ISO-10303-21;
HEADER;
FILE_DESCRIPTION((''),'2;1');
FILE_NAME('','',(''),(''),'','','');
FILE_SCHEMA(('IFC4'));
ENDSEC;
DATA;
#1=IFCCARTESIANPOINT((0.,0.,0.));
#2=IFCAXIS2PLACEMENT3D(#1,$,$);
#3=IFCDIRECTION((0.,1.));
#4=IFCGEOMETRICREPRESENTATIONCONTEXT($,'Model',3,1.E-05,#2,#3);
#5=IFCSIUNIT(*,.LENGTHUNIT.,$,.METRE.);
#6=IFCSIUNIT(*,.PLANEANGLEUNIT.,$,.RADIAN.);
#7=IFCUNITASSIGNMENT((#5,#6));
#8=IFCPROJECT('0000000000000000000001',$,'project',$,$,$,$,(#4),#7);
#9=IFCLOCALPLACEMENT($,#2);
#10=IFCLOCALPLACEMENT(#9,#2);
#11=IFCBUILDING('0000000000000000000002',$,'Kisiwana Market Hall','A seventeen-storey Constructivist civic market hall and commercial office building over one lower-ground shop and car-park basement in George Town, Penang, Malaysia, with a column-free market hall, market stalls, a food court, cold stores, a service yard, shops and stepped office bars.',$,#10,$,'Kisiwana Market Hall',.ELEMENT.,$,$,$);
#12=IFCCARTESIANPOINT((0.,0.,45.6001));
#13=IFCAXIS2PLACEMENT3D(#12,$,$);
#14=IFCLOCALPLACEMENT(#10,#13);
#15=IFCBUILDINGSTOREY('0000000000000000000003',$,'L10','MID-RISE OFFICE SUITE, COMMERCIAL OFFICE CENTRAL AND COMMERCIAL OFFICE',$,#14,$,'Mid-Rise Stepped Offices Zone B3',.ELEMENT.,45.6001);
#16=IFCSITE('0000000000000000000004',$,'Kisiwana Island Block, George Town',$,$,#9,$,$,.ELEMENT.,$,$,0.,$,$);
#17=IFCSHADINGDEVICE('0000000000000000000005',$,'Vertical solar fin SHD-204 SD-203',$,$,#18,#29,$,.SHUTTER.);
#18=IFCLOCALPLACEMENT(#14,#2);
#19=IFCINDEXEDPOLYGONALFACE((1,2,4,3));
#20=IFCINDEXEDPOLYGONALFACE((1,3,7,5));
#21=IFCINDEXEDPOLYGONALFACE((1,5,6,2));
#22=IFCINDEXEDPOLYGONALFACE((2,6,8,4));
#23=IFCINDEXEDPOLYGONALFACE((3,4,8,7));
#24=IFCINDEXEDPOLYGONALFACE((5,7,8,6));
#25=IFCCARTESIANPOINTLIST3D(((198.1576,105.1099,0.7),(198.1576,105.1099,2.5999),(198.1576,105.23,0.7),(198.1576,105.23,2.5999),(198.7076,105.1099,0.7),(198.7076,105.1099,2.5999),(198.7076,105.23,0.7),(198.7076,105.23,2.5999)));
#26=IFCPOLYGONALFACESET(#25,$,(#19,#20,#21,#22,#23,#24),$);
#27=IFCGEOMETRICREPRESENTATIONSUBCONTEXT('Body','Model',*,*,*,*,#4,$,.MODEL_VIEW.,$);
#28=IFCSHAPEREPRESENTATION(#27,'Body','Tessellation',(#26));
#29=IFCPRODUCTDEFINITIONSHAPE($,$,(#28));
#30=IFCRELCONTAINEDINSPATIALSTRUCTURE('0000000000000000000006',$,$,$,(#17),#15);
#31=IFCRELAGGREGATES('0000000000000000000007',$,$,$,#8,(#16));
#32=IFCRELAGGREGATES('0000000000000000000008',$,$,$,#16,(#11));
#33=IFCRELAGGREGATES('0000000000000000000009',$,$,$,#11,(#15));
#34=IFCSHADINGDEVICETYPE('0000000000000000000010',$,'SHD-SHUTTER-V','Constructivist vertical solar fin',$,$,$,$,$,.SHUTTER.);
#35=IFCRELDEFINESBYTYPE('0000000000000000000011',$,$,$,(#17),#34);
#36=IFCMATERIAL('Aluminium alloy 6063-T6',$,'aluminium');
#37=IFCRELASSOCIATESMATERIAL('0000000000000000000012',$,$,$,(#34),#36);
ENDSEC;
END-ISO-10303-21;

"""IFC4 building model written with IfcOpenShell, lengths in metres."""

from ifc_helpers import new_model, si_unit, direction, frame, origin, origin_2d, place, context, subcontext, project, spatial, rectangle, extrude, material, type_object, element, save


model = new_model("IFC4")

# Units and contexts
model_context = context("Model", 3, precision=1e-05, world=origin(), true_north=direction((0.0, 1.0)))
body_context = subcontext(model_context, "Body", "Model", "MODEL_VIEW")
ifc_project = project(units=[si_unit("LENGTHUNIT", "METRE"), si_unit("PLANEANGLEUNIT", "RADIAN")], contexts=[model_context])

# Site, building, storey
site_placement = place(None, origin())
site = spatial("IfcSite", under=ifc_project, at=site_placement, Name="Kisiwana Island Block, George Town", CompositionType="ELEMENT", RefElevation=0.0)
building_placement = place(site_placement, origin())
building = spatial("IfcBuilding", under=site, at=building_placement, Name="Kisiwana Market Hall", Description="A seventeen-storey Constructivist civic market hall and commercial office building over one lower-ground shop and car-park basement in George Town, Penang, Malaysia, with a column-free market hall, market stalls, a food court, cold stores, a service yard, shops and stepped office bars.", LongName="Kisiwana Market Hall", CompositionType="ELEMENT")
storey_placement = place(building_placement, frame((0.0, 0.0, 45.6001)))
storey = spatial("IfcBuildingStorey", under=building, at=storey_placement, Name="L10", Description="MID-RISE OFFICE SUITE, COMMERCIAL OFFICE CENTRAL AND COMMERCIAL OFFICE", LongName="Mid-Rise Stepped Offices Zone B3", CompositionType="ELEMENT", Elevation=45.6001)

# Shading device
ifc_material_1 = material(Name="Aluminium alloy 6063-T6", Category="aluminium")
shading_device_type = type_object("IfcShadingDeviceType", Name="SHD-SHUTTER-V", Description="Constructivist vertical solar fin", PredefinedType="SHUTTER", material=ifc_material_1)
shading_device_placement = place(storey_placement, frame((198.4326, 105.1699, 0.7), z_axis=(0.0, 0.0, 1.0), x_axis=(0.0, 1.0, 0.0)))
element("IfcShadingDevice", 1, at=shading_device_placement, inside=storey, type_object=shading_device_type, Name="Vertical solar fin SHD-204 SD-203", PredefinedType="SHUTTER", context=body_context, shape_type="SweptSolid", body=[
    extrude(rectangle(XDim=0.1201, YDim=0.55, at=origin_2d()), origin(), (0.0, 0.0, 1.0), 1.8999),
])

save(model, "model.ifc")
